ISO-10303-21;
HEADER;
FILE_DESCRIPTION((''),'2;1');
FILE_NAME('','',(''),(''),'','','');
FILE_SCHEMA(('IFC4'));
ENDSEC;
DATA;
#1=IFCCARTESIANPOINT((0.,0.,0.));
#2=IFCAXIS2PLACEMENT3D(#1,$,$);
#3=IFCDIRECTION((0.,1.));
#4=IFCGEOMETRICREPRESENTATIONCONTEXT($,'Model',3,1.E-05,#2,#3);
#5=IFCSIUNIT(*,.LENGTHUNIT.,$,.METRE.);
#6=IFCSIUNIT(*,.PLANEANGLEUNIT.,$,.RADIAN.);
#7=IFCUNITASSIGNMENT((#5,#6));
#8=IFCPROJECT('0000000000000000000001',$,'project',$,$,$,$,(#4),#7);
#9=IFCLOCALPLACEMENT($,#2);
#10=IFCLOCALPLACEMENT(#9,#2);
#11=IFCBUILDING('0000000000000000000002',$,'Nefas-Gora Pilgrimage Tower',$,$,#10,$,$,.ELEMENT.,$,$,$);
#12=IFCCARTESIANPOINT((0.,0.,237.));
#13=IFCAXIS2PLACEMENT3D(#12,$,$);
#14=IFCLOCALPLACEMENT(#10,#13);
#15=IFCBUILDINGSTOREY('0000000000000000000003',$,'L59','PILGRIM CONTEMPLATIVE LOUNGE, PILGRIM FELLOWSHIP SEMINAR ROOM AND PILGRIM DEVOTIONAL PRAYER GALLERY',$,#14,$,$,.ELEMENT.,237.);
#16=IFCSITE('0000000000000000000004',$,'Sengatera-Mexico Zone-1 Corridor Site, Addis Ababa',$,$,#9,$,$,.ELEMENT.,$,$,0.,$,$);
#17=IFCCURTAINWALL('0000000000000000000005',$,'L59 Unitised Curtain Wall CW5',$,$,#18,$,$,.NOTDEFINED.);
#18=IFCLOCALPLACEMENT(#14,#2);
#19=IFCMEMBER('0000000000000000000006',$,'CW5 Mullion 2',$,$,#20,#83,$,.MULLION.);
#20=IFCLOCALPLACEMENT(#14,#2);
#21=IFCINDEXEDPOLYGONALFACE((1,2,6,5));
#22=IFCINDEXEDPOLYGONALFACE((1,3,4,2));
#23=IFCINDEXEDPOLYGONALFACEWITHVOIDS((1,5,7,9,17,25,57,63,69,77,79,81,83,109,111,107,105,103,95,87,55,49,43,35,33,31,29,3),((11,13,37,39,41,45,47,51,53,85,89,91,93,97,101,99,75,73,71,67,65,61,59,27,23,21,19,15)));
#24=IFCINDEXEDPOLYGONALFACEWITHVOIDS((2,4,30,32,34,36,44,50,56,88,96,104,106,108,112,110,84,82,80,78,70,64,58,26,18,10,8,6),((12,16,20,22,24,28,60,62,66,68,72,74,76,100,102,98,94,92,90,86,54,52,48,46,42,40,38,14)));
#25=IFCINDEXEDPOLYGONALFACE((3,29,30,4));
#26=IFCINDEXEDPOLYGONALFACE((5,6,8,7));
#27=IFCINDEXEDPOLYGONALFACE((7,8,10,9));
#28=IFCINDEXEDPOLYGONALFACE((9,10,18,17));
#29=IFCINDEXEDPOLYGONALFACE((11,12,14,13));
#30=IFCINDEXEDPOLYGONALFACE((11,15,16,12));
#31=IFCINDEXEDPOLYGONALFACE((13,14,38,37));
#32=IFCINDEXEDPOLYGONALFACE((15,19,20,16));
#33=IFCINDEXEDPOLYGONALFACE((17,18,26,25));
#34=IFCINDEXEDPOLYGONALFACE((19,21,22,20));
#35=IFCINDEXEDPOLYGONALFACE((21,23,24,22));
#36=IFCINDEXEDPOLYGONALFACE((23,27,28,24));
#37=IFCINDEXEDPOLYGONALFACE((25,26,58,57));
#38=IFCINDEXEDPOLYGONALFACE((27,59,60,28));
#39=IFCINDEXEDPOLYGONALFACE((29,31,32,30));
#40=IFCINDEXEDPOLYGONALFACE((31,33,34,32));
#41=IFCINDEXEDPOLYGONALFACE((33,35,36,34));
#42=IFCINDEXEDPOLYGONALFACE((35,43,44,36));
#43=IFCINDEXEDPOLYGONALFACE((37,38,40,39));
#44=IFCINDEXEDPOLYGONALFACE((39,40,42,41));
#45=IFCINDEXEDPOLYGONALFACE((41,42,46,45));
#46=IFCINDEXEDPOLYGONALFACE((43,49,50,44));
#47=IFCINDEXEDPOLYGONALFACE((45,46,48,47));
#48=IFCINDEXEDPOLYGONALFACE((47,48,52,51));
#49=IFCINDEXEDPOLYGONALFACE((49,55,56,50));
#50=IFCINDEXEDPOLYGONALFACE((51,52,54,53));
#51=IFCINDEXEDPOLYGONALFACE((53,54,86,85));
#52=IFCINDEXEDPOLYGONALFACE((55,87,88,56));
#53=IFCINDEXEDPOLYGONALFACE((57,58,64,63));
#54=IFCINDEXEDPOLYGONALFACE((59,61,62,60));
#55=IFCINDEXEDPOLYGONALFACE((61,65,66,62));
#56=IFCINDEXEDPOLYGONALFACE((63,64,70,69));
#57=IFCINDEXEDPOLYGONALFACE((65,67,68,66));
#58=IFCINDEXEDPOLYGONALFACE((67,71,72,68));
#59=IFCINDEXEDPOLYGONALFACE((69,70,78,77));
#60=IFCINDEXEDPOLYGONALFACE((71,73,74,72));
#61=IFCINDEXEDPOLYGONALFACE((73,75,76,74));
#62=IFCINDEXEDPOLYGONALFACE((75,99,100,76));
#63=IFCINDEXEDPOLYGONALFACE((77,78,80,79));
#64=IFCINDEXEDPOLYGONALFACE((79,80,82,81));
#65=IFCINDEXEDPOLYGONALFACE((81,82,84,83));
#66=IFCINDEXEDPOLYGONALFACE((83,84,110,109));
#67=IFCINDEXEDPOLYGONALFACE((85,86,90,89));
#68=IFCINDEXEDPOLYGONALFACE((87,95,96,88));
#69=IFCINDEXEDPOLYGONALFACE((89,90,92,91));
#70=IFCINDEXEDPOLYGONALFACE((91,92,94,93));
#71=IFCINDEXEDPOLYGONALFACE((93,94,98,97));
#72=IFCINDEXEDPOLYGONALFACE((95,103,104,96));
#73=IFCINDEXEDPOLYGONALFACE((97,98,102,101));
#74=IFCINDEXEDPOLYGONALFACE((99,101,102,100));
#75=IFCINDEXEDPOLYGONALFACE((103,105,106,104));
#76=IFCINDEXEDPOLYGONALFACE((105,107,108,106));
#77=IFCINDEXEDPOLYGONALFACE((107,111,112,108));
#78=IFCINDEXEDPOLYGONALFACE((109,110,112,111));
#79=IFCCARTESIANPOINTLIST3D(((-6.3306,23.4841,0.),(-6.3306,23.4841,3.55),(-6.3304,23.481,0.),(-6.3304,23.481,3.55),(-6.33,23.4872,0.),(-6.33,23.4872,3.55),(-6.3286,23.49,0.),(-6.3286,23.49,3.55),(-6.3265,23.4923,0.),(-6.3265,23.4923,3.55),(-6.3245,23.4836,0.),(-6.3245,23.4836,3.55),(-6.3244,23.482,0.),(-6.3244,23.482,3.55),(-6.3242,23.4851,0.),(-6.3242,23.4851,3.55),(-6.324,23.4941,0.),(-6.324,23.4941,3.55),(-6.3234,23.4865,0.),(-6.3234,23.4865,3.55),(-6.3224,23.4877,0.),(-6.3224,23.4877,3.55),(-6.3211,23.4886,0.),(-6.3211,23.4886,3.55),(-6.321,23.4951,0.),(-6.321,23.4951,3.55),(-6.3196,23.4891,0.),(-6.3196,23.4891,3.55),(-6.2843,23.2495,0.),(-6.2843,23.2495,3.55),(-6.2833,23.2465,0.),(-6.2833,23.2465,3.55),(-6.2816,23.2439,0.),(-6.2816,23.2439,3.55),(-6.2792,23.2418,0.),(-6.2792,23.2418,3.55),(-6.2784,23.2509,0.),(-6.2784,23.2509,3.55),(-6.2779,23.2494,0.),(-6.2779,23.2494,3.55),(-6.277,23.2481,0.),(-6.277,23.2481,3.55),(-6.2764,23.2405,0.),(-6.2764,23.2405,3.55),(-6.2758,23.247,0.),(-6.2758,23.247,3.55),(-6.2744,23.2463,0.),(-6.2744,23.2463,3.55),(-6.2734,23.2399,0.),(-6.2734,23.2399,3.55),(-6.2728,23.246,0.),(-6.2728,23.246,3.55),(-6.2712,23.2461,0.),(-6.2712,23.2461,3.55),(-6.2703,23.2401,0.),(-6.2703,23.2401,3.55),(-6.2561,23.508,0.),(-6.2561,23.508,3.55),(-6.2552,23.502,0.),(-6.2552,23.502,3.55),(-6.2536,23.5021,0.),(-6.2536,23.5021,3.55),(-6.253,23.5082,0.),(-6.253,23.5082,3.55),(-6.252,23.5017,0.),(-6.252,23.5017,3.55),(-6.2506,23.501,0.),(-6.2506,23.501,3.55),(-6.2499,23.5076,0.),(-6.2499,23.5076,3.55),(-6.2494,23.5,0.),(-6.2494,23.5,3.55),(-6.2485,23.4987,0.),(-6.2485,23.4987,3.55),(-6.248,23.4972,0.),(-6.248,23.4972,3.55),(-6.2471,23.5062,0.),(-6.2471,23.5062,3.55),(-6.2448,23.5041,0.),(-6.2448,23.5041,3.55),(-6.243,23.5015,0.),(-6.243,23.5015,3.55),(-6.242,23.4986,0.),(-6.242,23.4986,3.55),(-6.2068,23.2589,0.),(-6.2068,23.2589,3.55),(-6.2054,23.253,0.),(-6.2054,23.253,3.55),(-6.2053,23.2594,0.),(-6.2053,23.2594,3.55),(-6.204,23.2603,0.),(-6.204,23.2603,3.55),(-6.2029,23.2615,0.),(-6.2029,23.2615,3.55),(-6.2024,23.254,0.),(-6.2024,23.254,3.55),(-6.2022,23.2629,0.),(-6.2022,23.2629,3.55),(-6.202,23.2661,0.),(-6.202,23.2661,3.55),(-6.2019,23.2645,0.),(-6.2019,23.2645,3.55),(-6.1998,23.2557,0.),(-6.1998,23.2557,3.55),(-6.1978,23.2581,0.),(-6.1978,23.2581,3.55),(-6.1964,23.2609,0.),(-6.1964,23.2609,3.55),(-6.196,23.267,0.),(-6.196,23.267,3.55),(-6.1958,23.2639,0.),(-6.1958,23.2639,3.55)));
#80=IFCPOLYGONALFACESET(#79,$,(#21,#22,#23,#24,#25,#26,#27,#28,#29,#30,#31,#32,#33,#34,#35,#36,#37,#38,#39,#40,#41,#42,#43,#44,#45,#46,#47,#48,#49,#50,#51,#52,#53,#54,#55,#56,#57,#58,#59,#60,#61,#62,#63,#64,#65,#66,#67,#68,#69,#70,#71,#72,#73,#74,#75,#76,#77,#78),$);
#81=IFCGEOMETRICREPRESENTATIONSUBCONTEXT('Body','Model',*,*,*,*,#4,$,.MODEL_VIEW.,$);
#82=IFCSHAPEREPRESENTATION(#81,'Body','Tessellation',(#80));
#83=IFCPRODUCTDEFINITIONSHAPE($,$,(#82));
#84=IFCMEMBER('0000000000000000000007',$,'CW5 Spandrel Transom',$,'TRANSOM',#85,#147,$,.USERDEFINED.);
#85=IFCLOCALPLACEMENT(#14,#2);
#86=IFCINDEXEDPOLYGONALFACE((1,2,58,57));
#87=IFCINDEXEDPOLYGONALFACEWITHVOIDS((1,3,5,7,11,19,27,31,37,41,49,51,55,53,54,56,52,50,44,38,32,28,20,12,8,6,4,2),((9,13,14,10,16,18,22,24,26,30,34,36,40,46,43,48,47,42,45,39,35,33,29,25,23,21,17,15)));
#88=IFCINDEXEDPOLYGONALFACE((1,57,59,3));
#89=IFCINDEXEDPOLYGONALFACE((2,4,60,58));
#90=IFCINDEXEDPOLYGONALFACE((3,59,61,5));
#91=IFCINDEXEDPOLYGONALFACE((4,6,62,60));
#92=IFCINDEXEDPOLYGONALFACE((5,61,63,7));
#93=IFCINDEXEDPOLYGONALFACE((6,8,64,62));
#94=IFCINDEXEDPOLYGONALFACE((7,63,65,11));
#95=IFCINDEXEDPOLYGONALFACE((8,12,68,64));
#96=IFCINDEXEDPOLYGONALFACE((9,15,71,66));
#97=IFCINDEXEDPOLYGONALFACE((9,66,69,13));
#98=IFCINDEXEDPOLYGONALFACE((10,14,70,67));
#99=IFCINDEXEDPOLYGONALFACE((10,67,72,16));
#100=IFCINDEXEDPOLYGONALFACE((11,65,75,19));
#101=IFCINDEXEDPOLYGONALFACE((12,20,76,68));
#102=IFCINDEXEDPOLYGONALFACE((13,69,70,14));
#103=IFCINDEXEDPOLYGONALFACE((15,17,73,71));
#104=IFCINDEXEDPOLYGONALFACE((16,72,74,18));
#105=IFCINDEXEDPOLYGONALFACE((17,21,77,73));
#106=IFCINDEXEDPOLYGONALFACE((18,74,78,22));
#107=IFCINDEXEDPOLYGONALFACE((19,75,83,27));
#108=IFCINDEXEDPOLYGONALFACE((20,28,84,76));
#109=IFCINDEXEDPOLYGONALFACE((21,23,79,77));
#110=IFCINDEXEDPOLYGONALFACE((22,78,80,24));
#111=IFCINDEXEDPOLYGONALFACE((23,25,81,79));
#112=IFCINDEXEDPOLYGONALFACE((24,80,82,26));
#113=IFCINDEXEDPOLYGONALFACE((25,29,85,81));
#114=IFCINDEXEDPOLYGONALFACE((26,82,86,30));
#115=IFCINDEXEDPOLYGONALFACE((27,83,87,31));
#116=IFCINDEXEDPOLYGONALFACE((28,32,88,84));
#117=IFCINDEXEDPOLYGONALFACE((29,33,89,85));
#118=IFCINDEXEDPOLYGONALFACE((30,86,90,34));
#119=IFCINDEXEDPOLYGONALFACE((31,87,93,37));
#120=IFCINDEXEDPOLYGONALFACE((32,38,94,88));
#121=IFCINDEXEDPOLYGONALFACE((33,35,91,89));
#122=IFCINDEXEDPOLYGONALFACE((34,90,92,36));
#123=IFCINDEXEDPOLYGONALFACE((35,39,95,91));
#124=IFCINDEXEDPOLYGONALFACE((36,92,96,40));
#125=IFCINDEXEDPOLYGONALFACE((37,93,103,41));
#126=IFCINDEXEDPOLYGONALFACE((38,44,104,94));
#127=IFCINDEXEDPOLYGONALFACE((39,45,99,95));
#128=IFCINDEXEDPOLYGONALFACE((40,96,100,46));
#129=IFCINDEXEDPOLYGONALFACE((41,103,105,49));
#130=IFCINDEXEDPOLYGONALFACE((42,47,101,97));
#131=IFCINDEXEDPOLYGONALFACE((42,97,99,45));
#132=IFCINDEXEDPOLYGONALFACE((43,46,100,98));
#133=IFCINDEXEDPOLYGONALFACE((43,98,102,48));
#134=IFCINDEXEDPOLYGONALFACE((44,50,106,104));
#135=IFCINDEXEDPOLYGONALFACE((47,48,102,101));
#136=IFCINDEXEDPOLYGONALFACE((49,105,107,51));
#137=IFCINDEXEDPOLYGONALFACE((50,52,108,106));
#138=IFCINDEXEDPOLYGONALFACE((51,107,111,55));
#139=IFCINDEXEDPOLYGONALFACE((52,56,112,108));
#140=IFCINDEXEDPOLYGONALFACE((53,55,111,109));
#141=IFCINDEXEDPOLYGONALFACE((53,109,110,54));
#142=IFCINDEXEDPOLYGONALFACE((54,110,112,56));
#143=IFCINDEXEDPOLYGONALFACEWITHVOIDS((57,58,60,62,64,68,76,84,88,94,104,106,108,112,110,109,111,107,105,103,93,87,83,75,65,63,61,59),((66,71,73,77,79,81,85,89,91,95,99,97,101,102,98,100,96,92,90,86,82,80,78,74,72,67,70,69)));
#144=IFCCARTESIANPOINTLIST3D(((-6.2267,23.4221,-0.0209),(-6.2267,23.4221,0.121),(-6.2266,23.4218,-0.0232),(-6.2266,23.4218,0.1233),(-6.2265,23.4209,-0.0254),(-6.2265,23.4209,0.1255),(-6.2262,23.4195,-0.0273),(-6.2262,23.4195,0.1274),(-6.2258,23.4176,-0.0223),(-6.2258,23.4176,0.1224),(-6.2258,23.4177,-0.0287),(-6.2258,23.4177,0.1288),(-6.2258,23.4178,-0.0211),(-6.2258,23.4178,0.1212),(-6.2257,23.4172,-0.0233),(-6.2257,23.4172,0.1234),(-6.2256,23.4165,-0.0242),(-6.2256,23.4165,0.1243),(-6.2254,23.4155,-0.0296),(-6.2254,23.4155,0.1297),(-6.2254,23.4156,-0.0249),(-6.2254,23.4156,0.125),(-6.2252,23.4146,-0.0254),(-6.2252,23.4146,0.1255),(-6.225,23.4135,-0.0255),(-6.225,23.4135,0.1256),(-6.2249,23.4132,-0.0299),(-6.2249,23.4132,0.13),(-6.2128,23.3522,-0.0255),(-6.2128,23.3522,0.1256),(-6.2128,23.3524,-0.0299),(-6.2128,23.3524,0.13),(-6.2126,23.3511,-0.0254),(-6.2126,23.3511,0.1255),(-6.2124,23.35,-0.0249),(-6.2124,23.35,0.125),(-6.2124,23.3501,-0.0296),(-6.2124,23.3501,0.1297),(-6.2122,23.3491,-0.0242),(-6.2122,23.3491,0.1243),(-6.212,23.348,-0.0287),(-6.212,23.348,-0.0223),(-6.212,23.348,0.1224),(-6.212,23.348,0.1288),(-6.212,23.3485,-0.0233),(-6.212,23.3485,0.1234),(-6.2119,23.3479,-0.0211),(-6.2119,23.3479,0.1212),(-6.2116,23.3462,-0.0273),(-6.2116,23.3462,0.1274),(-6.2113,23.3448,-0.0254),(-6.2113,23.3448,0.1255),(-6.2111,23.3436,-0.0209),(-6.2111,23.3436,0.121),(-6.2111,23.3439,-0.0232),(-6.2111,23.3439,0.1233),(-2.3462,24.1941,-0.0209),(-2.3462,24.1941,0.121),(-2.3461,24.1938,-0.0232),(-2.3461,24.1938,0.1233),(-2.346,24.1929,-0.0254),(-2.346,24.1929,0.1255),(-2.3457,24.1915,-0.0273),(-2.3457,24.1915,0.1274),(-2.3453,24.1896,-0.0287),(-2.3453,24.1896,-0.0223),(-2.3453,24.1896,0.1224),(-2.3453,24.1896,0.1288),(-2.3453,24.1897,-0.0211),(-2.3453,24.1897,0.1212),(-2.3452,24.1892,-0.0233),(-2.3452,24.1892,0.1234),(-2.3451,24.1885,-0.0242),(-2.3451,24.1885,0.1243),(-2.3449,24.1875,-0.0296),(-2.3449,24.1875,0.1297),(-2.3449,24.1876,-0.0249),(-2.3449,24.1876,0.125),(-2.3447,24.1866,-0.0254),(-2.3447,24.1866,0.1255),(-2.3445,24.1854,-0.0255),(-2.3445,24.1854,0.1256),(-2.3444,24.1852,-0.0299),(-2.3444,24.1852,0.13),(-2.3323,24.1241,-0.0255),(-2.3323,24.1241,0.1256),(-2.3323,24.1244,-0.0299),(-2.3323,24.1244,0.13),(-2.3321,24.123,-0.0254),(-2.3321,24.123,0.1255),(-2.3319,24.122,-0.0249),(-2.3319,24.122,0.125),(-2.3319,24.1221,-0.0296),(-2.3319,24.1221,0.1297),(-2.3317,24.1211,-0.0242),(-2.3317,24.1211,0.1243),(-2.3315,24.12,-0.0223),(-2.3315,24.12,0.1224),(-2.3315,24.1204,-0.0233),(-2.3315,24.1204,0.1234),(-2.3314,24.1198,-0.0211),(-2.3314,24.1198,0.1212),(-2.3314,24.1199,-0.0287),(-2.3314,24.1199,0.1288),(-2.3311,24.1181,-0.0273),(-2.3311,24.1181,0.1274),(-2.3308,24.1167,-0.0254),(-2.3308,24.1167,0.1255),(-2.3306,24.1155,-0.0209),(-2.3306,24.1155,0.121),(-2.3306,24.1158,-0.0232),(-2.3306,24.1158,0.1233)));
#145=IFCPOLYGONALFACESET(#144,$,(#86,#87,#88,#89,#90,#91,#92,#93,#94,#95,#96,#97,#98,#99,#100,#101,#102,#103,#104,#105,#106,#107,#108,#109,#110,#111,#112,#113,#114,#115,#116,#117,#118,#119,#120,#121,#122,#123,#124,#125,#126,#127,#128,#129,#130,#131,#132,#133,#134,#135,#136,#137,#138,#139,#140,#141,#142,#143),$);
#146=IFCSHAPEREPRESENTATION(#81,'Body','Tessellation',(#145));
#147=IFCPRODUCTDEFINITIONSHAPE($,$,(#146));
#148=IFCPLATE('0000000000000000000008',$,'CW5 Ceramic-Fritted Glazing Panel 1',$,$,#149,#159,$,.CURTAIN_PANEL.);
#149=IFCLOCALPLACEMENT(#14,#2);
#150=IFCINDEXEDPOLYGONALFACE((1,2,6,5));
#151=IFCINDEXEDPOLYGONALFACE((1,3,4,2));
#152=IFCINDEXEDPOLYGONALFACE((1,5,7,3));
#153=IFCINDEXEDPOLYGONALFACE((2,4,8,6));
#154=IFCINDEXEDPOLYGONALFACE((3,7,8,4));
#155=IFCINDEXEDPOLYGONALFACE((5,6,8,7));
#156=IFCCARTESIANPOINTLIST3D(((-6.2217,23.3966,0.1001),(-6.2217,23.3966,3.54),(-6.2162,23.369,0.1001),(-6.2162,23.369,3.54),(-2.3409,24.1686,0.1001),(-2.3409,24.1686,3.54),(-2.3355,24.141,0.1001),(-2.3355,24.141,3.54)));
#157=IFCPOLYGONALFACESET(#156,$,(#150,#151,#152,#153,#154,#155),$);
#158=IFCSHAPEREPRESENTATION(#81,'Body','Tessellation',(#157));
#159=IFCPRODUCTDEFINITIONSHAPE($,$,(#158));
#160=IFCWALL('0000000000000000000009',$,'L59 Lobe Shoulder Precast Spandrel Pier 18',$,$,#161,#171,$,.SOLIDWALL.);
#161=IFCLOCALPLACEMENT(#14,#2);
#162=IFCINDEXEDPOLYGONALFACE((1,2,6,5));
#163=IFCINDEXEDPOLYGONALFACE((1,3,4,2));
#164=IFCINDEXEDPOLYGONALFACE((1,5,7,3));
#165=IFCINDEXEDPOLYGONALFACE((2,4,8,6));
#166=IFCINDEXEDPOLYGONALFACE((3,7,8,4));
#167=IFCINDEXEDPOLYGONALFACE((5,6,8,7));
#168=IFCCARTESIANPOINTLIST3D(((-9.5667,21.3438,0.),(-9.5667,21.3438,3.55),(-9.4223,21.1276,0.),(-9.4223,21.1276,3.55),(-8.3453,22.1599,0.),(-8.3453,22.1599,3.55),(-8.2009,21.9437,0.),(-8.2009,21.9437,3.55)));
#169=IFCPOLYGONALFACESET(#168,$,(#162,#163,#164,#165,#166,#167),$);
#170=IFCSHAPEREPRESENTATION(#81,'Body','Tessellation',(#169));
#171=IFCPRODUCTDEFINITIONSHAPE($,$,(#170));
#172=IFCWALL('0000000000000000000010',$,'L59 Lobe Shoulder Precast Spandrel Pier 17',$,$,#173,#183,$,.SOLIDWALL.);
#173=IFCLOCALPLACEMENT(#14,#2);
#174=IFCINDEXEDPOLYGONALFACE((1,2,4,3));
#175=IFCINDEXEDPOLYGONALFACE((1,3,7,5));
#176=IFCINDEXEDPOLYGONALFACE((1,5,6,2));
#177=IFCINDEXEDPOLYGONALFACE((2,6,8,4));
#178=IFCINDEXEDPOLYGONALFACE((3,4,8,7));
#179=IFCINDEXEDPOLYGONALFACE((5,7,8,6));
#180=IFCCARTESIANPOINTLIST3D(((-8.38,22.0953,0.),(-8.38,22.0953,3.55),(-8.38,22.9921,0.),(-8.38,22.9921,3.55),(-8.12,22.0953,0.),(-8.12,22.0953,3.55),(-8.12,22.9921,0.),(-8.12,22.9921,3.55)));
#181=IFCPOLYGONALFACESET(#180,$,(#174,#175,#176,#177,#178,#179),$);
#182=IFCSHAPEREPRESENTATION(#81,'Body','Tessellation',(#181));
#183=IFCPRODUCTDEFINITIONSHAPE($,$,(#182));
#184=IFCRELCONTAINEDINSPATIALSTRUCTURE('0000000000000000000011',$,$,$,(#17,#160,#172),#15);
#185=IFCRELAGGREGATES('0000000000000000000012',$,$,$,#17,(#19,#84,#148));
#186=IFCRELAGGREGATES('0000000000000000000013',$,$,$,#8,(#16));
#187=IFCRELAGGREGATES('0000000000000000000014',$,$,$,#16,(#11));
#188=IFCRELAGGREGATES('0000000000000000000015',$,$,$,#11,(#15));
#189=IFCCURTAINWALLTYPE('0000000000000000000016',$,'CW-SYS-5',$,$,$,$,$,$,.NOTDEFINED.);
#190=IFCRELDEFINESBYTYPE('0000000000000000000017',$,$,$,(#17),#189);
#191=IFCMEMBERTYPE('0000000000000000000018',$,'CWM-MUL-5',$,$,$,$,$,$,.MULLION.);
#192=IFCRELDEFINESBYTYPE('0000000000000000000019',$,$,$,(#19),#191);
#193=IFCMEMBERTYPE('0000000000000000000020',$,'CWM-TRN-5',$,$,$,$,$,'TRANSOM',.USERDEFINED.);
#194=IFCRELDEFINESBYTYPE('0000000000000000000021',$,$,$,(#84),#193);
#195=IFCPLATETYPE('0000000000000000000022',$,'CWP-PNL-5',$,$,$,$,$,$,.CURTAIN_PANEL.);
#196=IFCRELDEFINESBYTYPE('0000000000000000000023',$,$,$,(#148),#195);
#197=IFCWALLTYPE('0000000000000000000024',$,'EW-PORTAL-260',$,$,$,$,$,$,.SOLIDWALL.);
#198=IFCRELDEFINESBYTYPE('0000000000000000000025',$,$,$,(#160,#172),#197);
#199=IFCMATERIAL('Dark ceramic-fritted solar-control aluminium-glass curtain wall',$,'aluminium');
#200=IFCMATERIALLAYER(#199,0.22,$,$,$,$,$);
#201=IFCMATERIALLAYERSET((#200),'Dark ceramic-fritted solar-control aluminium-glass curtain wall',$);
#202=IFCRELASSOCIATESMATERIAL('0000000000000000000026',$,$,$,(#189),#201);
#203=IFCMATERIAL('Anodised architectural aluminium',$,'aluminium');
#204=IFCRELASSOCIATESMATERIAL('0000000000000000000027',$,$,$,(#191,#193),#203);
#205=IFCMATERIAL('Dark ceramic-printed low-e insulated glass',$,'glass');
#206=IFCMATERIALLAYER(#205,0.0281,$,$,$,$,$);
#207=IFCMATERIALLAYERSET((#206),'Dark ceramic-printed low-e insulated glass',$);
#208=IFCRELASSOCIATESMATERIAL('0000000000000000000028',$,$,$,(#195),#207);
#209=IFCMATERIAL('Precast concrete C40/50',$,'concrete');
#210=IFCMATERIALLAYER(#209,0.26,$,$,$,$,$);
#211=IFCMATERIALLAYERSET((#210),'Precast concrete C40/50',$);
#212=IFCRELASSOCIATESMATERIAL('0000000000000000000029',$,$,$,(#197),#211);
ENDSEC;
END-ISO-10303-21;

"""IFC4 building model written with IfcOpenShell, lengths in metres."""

from ifc_helpers import new_model, si_unit, direction, frame, frame_2d, origin, origin_2d, place, context, subcontext, project, spatial, rectangle, hollow_rectangle, extrude, source, transform, mapped, material, layer, layer_set, material_profile, profile_set, type_object, element, aggregate, save


model = new_model("IFC4")

# Units and contexts
model_context = context("Model", 3, precision=1e-05, world=origin(), true_north=direction((0.0, 1.0)))
body_context = subcontext(model_context, "Body", "Model", "MODEL_VIEW")
ifc_project = project(units=[si_unit("LENGTHUNIT", "METRE"), si_unit("PLANEANGLEUNIT", "RADIAN")], contexts=[model_context])

# Site, building, storey
site_placement = place(None, origin())
site = spatial("IfcSite", under=ifc_project, at=site_placement, Name="Sengatera-Mexico Zone-1 Corridor Site, Addis Ababa", CompositionType="ELEMENT", RefElevation=0.0)
building_placement = place(site_placement, origin())
building = spatial("IfcBuilding", under=site, at=building_placement, Name="Nefas-Gora Pilgrimage Tower", CompositionType="ELEMENT")
storey_placement = place(building_placement, frame((0.0, 0.0, 237.0)))
storey = spatial("IfcBuildingStorey", under=building, at=storey_placement, Name="L59", Description="PILGRIM CONTEMPLATIVE LOUNGE, PILGRIM FELLOWSHIP SEMINAR ROOM AND PILGRIM DEVOTIONAL PRAYER GALLERY", CompositionType="ELEMENT", Elevation=237.0)

# Shared definitions
ifc_material_1 = material(Name="Dark ceramic-fritted solar-control aluminium-glass curtain wall", Category="aluminium")
ifc_layer_1 = layer(ifc_material_1, 0.22)
ifc_layer_set_1 = layer_set([ifc_layer_1], Name="Dark ceramic-fritted solar-control aluminium-glass curtain wall")
curtain_wall_type = type_object("IfcCurtainWallType", Name="CW-SYS-5", PredefinedType="NOTDEFINED", material=ifc_layer_set_1)
ifc_material_2 = material(Name="Anodised architectural aluminium", Category="aluminium")
ifc_material_profile_1 = material_profile(ifc_material_2, hollow_rectangle(XDim=0.0901, YDim=0.26, WallThickness=0.0061, InnerFilletRadius=0.0061, OuterFilletRadius=0.012, at=origin_2d()), Name="ALU MULLION 90x260")
ifc_profile_set_1 = profile_set([ifc_material_profile_1], Name="Anodised architectural aluminium")
member_type_1 = type_object("IfcMemberType", Name="CWM-MUL-5", PredefinedType="MULLION", material=ifc_profile_set_1)
shared_shape_1 = source(origin(), body_context, "Body", "SweptSolid", [
    extrude(hollow_rectangle(XDim=0.0901, YDim=0.26, WallThickness=0.0061, InnerFilletRadius=0.0061, OuterFilletRadius=0.012, at=origin_2d()), origin(), (0.0, 0.0, 1.0), 3.55),
])

# Curtain wall, members, plate
curtain_wall_1_placement = place(storey_placement, origin())
curtain_wall_1 = element("IfcCurtainWall", 1, at=curtain_wall_1_placement, inside=storey, type_object=curtain_wall_type, Name="L59 Unitised Curtain Wall CW5", PredefinedType="NOTDEFINED")
member_1_placement = place(storey_placement, frame((-6.2632, 23.374, 0.0), z_axis=(0.0, 0.0, 1.0), x_axis=(-0.980783, -0.195102, 0.0)))
member_1 = element("IfcMember", 2, at=member_1_placement, type_object=member_type_1, Name="CW5 Mullion 2", PredefinedType="MULLION", context=body_context, shape_type="MappedRepresentation", body=[
    mapped(shared_shape_1, transform((0.0, 0.0, 0.0), x_axis=(1.0, 0.0, 0.0), y_axis=(0.0, 1.0, 0.0), z_axis=(0.0, 0.0, 1.0), scale=1.0)),
])
ifc_material_profile_2 = material_profile(ifc_material_2, hollow_rectangle(XDim=0.0801, YDim=0.1599, WallThickness=0.0044, InnerFilletRadius=0.0044, OuterFilletRadius=0.009, at=origin_2d()), Name="ALU TRANSOM 80x160")
ifc_profile_set_2 = profile_set([ifc_material_profile_2], Name="Anodised architectural aluminium")
member_type_2 = type_object("IfcMemberType", Name="CWM-TRN-5", ElementType="TRANSOM", PredefinedType="USERDEFINED", material=ifc_profile_set_2)
shared_shape_2 = source(origin(), body_context, "Body", "SweptSolid", [
    extrude(hollow_rectangle(XDim=0.0801, YDim=0.1599, WallThickness=0.0044, InnerFilletRadius=0.0044, OuterFilletRadius=0.009, at=origin_2d()), origin(), (0.0, 0.0, 1.0), 3.9565),
])
member_2_placement = place(storey_placement, frame((-2.3384, 24.1548, 0.05), z_axis=(-0.980782, -0.195107, 0.0), x_axis=(0.195107, -0.980782, 0.0)))
member_2 = element("IfcMember", 3, at=member_2_placement, type_object=member_type_2, Name="CW5 Spandrel Transom", ObjectType="TRANSOM", PredefinedType="USERDEFINED", context=body_context, shape_type="MappedRepresentation", body=[
    mapped(shared_shape_2, transform((0.0, 0.0, 0.0), x_axis=(1.0, 0.0, 0.0), y_axis=(0.0, 1.0, 0.0), z_axis=(0.0, 0.0, 1.0), scale=1.0)),
])
ifc_material_3 = material(Name="Dark ceramic-printed low-e insulated glass", Category="glass")
ifc_layer_2 = layer(ifc_material_3, 0.0281)
ifc_layer_set_2 = layer_set([ifc_layer_2], Name="Dark ceramic-printed low-e insulated glass")
plate_type = type_object("IfcPlateType", Name="CWP-PNL-5", PredefinedType="CURTAIN_PANEL", material=ifc_layer_set_2)
shared_shape_3 = source(origin(), body_context, "Body", "SweptSolid", [
    extrude(rectangle(XDim=3.9568, YDim=0.0281, at=origin_2d()), origin(), (0.0, 0.0, 1.0), 3.4399),
])
plate_placement = place(storey_placement, frame((-4.2786, 23.7688, 0.1001), z_axis=(0.0, 0.0, 1.0), x_axis=(-0.980783, -0.195102, 0.0)))
plate = element("IfcPlate", 4, at=plate_placement, type_object=plate_type, Name="CW5 Ceramic-Fritted Glazing Panel 1", PredefinedType="CURTAIN_PANEL", context=body_context, shape_type="MappedRepresentation", body=[
    mapped(shared_shape_3, transform((0.0, 0.0, 0.0), x_axis=(1.0, 0.0, 0.0), y_axis=(0.0, 1.0, 0.0), z_axis=(0.0, 0.0, 1.0), scale=1.0)),
])
aggregate(curtain_wall_1, [member_1, member_2, plate])

# Walls
ifc_material_4 = material(Name="Precast concrete C40/50", Category="concrete")
ifc_layer_3 = layer(ifc_material_4, 0.26)
ifc_layer_set_3 = layer_set([ifc_layer_3], Name="Precast concrete C40/50")
wall_type_1 = type_object("IfcWallType", Name="EW-PORTAL-260", PredefinedType="SOLIDWALL", material=ifc_layer_set_3)
shared_shape_4 = source(origin(), body_context, "Body", "SweptSolid", [
    extrude(rectangle(XDim=1.469, YDim=0.26, at=frame_2d((0.7344, 0.0))), origin(), (0.0, 0.0, 1.0), 3.55),
])
wall_1_placement = place(storey_placement, frame((-8.2732, 22.0518, 0.0), z_axis=(0.0, 0.0, 1.0), x_axis=(-0.831462, -0.555582, 0.0)))
element("IfcWall", 5, at=wall_1_placement, inside=storey, type_object=wall_type_1, Name="L59 Lobe Shoulder Precast Spandrel Pier 18", PredefinedType="SOLIDWALL", context=body_context, shape_type="MappedRepresentation", body=[
    mapped(shared_shape_4, transform((0.0, 0.0, 0.0), x_axis=(1.0, 0.0, 0.0), y_axis=(0.0, 1.0, 0.0), z_axis=(0.0, 0.0, 1.0), scale=1.0)),
])
shared_shape_5 = source(origin(), body_context, "Body", "SweptSolid", [
    extrude(rectangle(XDim=0.8967, YDim=0.26, at=frame_2d((0.4482, 0.0))), origin(), (0.0, 0.0, 1.0), 3.55),
])
wall_2_placement = place(storey_placement, frame((-8.25, 22.9919, 0.0), z_axis=(0.0, 0.0, 1.0), x_axis=(0.0, -1.0, 0.0)))
element("IfcWall", 6, at=wall_2_placement, inside=storey, type_object=wall_type_1, Name="L59 Lobe Shoulder Precast Spandrel Pier 17", PredefinedType="SOLIDWALL", context=body_context, shape_type="MappedRepresentation", body=[
    mapped(shared_shape_5, transform((0.0, 0.0, 0.0), x_axis=(1.0, 0.0, 0.0), y_axis=(0.0, 1.0, 0.0), z_axis=(0.0, 0.0, 1.0), scale=1.0)),
])

save(model, "model.ifc")
